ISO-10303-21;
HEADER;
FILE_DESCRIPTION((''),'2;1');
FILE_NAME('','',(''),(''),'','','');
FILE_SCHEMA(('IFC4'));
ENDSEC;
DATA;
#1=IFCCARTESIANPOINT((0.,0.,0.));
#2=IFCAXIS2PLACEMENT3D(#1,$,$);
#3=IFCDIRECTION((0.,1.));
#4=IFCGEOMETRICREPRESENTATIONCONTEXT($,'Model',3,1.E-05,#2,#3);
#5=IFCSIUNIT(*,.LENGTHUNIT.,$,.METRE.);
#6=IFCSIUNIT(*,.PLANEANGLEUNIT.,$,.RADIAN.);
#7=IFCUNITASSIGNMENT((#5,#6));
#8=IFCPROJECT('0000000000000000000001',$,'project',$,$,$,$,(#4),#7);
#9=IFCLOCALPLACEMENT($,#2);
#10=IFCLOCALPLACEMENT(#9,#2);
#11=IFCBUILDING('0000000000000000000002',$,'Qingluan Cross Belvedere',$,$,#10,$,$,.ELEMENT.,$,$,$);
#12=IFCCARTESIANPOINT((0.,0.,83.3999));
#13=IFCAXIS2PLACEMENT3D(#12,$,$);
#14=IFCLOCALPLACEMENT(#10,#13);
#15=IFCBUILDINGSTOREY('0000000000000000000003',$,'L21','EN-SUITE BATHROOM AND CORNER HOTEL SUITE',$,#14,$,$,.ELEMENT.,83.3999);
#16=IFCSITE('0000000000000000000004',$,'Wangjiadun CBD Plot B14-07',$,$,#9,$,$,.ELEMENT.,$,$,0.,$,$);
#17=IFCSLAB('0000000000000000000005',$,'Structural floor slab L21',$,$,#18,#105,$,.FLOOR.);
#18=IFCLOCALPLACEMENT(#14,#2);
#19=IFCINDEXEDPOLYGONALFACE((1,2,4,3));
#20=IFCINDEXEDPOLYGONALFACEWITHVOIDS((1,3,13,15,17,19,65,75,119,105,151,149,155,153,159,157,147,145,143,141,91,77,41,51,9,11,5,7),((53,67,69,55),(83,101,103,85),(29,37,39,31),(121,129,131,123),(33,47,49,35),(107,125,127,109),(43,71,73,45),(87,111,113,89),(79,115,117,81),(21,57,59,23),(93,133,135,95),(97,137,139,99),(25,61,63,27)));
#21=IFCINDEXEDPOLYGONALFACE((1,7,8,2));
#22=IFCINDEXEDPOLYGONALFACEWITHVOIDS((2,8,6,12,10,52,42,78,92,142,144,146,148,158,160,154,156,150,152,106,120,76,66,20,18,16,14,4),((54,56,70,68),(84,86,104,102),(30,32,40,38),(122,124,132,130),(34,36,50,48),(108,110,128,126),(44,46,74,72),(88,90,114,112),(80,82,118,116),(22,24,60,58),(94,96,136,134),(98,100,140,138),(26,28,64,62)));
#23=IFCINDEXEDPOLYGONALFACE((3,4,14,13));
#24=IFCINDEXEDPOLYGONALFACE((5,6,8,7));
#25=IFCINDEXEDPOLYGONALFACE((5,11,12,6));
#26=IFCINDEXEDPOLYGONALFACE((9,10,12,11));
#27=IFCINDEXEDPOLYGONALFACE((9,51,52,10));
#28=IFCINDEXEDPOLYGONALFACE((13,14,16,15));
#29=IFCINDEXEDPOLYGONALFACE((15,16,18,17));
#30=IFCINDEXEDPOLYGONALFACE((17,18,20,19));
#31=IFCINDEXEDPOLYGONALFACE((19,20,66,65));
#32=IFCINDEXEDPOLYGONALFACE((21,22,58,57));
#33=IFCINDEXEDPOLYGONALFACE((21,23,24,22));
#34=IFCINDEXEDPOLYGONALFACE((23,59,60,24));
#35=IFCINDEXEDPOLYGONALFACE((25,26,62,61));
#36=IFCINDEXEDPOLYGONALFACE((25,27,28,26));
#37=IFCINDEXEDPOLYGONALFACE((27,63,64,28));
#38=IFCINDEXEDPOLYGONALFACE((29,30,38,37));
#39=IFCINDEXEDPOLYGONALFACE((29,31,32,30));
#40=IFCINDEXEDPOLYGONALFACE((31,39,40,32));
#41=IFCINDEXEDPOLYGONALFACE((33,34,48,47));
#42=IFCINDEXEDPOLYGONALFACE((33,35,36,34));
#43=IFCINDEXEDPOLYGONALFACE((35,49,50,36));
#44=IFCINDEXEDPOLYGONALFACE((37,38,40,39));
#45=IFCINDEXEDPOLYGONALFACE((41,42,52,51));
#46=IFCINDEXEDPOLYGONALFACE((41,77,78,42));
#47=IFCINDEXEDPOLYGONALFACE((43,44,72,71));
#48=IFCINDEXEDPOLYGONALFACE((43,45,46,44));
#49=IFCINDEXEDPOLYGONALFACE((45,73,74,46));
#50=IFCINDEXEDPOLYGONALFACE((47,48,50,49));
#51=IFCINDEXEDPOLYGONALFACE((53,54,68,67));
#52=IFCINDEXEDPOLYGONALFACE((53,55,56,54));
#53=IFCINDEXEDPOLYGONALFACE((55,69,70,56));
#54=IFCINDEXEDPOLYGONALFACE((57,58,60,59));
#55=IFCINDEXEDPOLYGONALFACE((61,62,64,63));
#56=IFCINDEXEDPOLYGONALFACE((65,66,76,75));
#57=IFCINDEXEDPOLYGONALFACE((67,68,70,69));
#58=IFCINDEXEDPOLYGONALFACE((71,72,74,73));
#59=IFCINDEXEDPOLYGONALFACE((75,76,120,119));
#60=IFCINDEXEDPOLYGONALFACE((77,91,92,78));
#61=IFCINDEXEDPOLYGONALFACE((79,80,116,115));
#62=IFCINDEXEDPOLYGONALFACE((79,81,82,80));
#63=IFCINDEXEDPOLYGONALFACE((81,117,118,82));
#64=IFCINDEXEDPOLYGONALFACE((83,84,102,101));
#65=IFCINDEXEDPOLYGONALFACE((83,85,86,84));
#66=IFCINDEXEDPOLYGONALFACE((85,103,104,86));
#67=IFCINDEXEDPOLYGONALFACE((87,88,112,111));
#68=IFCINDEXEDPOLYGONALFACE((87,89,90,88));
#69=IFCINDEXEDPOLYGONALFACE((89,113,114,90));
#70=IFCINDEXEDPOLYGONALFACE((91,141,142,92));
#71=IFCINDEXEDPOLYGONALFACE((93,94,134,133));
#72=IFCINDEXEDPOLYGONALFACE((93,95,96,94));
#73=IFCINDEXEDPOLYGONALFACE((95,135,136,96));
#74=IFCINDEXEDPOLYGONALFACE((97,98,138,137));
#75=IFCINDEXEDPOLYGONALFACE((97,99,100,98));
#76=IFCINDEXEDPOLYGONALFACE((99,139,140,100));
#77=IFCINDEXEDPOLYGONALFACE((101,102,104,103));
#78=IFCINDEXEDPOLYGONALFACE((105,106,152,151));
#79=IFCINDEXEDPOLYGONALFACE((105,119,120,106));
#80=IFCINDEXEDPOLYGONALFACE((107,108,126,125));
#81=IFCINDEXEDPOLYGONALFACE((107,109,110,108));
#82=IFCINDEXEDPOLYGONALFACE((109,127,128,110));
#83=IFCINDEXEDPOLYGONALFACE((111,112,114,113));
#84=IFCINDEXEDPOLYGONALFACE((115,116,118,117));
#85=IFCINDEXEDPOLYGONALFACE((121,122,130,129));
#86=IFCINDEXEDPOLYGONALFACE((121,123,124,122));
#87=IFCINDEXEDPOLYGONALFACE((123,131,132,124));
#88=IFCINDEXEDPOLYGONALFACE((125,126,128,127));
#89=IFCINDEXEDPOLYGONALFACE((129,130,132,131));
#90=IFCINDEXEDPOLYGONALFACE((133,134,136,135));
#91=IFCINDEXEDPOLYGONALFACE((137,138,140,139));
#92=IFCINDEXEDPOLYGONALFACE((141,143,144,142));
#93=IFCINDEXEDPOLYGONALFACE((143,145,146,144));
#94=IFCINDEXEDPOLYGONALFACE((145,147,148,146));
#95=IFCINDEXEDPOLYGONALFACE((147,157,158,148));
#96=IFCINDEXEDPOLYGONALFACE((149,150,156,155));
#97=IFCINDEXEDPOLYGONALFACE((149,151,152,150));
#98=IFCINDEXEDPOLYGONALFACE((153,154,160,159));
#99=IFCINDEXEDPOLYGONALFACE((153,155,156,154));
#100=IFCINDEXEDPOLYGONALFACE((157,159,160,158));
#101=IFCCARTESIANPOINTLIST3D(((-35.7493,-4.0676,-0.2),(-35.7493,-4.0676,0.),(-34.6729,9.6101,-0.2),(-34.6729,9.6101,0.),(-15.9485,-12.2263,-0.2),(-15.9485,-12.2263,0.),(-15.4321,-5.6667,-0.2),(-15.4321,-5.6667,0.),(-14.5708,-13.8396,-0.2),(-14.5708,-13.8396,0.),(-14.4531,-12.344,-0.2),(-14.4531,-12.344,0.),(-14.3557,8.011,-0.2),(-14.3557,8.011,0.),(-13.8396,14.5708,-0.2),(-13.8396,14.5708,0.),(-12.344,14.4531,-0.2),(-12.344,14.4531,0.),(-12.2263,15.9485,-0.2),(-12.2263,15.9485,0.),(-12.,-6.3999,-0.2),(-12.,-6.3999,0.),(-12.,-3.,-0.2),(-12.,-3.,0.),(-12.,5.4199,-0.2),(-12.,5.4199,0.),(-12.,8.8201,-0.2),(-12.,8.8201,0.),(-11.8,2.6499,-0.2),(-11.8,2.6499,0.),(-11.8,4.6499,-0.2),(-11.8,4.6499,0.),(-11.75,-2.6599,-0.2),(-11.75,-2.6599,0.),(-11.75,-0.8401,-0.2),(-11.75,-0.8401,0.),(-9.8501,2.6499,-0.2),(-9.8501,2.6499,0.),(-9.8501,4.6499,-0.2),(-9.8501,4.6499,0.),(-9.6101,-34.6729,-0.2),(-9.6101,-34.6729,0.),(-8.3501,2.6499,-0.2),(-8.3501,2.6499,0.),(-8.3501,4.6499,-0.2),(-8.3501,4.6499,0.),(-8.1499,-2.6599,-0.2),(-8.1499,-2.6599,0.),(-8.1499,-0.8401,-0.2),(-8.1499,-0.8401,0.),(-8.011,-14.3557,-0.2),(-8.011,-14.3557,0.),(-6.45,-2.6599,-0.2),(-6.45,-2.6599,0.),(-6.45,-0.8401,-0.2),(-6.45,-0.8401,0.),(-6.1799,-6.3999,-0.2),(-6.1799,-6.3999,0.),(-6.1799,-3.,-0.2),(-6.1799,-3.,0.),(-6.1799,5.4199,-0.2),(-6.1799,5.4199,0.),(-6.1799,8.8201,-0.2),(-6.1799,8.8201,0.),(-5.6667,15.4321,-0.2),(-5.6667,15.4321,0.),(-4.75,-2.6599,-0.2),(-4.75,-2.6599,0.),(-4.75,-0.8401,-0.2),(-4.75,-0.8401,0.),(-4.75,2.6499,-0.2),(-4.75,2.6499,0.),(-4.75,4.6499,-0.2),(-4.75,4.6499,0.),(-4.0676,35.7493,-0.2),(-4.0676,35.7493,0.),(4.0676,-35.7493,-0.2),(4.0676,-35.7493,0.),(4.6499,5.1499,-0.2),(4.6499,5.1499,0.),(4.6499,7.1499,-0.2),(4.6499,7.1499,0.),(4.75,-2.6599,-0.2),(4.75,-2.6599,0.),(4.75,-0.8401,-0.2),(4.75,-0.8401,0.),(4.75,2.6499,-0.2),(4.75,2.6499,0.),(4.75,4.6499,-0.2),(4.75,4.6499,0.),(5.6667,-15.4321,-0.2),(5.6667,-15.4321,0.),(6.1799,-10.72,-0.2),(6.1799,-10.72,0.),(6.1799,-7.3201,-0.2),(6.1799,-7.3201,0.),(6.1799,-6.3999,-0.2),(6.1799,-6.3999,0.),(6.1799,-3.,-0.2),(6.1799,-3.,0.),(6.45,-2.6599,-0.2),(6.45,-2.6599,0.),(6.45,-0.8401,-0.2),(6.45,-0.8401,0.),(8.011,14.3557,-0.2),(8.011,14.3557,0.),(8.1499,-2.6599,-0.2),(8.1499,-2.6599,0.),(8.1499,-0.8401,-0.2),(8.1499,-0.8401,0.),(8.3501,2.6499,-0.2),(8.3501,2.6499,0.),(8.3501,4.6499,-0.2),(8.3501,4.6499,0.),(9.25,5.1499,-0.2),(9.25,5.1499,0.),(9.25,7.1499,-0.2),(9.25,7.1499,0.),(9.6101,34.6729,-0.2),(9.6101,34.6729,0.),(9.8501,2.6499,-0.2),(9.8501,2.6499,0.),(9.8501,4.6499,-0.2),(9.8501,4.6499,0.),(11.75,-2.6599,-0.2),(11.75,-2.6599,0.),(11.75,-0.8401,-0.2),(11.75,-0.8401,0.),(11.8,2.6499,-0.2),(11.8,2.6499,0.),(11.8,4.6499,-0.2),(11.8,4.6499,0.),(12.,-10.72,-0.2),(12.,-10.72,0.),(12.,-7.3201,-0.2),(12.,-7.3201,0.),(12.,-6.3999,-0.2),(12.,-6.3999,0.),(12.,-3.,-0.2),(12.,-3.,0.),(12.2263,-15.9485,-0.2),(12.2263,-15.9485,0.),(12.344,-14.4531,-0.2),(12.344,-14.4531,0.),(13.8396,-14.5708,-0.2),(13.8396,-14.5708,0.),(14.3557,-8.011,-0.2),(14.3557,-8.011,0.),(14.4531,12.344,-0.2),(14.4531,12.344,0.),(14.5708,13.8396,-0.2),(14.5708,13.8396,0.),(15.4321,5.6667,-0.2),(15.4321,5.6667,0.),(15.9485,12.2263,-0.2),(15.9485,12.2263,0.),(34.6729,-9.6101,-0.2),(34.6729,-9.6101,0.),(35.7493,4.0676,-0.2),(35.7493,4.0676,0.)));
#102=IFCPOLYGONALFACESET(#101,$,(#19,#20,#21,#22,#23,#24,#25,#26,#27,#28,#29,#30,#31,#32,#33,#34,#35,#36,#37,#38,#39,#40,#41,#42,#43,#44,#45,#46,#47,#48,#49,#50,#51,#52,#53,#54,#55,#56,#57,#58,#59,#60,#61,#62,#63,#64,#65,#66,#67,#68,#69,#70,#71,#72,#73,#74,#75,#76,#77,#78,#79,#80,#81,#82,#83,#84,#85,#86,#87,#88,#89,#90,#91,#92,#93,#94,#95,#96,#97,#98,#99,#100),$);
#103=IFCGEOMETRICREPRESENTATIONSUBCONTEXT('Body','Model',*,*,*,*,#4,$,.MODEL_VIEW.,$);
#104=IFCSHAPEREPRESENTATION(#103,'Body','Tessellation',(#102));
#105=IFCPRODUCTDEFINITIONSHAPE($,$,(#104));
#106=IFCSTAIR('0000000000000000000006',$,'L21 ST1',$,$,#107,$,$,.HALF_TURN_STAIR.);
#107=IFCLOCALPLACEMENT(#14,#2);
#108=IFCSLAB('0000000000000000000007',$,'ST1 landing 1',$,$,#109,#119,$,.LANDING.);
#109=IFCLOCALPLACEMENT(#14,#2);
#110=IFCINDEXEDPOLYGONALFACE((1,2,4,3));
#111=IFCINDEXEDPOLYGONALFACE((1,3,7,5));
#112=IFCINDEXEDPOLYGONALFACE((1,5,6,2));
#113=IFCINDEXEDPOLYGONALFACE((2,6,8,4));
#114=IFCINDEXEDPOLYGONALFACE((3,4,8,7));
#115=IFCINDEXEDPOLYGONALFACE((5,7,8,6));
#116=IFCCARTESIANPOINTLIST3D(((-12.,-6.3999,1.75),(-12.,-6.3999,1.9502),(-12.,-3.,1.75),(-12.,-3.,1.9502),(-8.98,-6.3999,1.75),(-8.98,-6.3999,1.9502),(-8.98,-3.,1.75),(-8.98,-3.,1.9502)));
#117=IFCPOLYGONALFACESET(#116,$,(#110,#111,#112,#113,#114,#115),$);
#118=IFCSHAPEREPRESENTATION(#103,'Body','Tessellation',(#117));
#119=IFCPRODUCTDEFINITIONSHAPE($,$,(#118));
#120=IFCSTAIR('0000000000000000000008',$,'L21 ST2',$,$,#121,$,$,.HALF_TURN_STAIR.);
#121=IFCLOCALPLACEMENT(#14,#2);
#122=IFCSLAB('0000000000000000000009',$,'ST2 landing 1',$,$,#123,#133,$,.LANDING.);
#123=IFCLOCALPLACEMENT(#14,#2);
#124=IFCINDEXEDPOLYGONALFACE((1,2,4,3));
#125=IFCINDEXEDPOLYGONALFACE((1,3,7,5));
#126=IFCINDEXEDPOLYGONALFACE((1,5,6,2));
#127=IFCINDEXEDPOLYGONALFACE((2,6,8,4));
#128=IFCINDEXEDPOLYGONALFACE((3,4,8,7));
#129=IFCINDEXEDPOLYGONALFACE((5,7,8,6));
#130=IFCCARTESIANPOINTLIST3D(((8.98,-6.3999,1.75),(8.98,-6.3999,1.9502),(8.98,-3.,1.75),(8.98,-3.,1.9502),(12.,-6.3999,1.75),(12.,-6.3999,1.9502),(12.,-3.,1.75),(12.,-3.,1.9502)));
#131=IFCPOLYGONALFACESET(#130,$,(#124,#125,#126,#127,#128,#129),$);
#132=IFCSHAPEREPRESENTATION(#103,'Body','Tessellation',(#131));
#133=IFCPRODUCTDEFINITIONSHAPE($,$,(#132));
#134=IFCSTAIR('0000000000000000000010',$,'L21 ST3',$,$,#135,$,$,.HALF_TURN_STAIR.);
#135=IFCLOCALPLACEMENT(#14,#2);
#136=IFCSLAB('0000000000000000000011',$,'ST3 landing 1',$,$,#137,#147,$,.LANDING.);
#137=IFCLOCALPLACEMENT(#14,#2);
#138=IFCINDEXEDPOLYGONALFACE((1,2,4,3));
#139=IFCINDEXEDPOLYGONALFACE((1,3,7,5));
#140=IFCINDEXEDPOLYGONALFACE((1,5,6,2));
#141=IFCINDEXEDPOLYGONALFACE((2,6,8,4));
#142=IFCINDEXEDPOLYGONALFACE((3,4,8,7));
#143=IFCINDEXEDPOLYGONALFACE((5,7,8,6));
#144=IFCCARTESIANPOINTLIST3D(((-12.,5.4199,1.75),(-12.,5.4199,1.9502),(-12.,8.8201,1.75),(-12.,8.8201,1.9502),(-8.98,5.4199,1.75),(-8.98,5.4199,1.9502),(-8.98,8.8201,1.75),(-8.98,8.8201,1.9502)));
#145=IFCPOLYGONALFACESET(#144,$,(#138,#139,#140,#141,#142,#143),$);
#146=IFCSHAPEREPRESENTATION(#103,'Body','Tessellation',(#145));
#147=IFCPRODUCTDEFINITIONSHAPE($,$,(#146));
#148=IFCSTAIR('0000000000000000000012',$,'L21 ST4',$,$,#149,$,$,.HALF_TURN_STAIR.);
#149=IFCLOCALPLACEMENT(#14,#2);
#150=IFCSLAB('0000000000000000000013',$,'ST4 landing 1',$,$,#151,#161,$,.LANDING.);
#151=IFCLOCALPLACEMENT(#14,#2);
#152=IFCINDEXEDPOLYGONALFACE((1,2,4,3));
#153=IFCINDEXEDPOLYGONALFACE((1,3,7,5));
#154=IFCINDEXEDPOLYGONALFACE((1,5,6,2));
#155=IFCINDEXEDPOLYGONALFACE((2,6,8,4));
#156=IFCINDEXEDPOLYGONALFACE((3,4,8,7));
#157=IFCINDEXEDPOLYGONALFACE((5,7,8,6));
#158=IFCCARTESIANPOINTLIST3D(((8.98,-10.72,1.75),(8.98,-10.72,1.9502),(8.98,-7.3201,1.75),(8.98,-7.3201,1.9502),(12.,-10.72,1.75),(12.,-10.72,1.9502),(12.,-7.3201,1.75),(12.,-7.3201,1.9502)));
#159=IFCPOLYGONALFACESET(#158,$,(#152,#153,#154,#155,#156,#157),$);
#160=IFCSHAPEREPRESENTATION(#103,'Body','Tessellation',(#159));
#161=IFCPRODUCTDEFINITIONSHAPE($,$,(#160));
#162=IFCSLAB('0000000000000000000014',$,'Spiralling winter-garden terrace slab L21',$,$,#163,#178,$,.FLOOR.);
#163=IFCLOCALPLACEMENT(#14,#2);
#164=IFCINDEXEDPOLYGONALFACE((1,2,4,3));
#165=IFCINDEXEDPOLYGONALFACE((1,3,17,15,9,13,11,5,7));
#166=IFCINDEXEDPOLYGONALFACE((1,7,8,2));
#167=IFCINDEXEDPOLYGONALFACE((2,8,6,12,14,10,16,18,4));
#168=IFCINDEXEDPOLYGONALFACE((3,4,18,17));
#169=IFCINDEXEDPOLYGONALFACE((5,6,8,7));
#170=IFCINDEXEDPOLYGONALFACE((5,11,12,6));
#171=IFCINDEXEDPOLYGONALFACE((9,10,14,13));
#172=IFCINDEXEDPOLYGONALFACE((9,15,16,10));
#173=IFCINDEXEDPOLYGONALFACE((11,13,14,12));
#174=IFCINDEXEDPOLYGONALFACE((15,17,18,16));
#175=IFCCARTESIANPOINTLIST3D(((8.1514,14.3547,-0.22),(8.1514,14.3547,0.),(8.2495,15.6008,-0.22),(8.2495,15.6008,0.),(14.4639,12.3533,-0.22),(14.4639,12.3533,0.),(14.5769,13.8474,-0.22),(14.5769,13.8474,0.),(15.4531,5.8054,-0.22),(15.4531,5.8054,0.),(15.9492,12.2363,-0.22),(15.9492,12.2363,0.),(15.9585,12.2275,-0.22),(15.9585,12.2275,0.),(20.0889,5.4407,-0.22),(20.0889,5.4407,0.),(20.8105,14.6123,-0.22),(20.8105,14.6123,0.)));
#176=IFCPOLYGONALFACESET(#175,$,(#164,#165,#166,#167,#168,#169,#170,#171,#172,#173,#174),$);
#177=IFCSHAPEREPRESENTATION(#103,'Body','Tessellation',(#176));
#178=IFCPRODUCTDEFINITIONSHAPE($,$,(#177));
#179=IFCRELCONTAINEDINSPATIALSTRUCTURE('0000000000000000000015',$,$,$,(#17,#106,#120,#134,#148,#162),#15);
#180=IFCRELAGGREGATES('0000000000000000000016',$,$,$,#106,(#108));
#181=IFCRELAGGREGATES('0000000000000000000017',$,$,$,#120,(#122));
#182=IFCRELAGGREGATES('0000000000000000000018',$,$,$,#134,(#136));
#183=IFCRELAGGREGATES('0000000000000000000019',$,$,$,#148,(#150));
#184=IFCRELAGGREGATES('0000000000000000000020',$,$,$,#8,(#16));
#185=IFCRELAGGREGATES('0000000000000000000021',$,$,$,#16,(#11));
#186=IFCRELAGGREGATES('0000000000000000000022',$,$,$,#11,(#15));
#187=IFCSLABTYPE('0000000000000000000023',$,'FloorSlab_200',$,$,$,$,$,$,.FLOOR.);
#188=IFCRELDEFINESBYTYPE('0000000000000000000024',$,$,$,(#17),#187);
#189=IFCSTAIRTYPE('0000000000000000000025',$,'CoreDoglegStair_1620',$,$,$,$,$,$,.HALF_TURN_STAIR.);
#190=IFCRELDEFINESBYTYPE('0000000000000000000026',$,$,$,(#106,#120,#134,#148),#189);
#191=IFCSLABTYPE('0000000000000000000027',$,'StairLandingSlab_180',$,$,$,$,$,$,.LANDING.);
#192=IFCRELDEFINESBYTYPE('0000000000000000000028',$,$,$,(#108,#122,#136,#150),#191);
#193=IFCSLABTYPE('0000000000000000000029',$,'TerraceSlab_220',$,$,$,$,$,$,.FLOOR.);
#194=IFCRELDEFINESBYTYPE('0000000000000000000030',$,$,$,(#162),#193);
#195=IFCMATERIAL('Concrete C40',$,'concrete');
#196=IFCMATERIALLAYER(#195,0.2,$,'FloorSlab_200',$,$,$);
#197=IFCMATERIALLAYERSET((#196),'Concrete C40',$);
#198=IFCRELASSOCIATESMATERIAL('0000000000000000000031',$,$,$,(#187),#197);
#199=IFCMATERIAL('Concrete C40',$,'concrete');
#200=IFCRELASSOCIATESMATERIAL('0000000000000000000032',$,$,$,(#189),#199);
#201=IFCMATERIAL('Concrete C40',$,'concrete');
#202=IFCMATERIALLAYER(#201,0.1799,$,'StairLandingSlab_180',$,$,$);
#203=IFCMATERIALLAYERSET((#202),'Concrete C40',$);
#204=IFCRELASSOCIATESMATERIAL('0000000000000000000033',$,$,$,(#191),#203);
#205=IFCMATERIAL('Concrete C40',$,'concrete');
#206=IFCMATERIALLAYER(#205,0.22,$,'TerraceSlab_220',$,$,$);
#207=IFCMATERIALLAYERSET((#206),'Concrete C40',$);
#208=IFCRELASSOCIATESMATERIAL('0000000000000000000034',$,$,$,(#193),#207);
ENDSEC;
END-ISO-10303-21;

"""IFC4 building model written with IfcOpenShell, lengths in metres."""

from ifc_helpers import new_model, si_unit, direction, frame, origin, place, context, subcontext, project, spatial, polyline, outline, extrude, material, layer, layer_set, type_object, element, aggregate, save


model = new_model("IFC4")

# Units and contexts
model_context = context("Model", 3, precision=1e-05, world=origin(), true_north=direction((0.0, 1.0)))
body_context = subcontext(model_context, "Body", "Model", "MODEL_VIEW")
ifc_project = project(units=[si_unit("LENGTHUNIT", "METRE"), si_unit("PLANEANGLEUNIT", "RADIAN")], contexts=[model_context])

# Site, building, storey
site_placement = place(None, origin())
site = spatial("IfcSite", under=ifc_project, at=site_placement, Name="Wangjiadun CBD Plot B14-07", CompositionType="ELEMENT", RefElevation=0.0)
building_placement = place(site_placement, origin())
building = spatial("IfcBuilding", under=site, at=building_placement, Name="Qingluan Cross Belvedere", CompositionType="ELEMENT")
storey_placement = place(building_placement, frame((0.0, 0.0, 83.3999)))
storey = spatial("IfcBuildingStorey", under=building, at=storey_placement, Name="L21", Description="EN-SUITE BATHROOM AND CORNER HOTEL SUITE", CompositionType="ELEMENT", Elevation=83.3999)

# Slab
ifc_material_1 = material(Name="Concrete C40", Category="concrete")
ifc_layer_1 = layer(ifc_material_1, 0.2, Name="FloorSlab_200")
ifc_layer_set_1 = layer_set([ifc_layer_1], Name="Concrete C40")
slab_type_1 = type_object("IfcSlabType", Name="FloorSlab_200", PredefinedType="FLOOR", material=ifc_layer_set_1)
slab_1_placement = place(storey_placement, frame((0.0, 0.0, -0.2)))
element("IfcSlab", 1, at=slab_1_placement, inside=storey, type_object=slab_type_1, Name="Structural floor slab L21", PredefinedType="FLOOR", context=body_context, shape_type="SweptSolid", body=[
    extrude(outline(polyline([(4.0676, -35.7493), (5.6667, -15.4321), (12.2263, -15.9485), (12.344, -14.4531), (13.8396, -14.5708), (14.3557, -8.011), (34.6729, -9.6101), (35.7493, 4.0676), (15.4321, 5.6667), (15.9485, 12.2263), (14.4531, 12.344), (14.5708, 13.8396), (8.011, 14.3557), (9.6101, 34.6729), (-4.0676, 35.7493), (-5.6667, 15.4321), (-12.2263, 15.9485), (-12.344, 14.4531), (-13.8396, 14.5708), (-14.3557, 8.011), (-34.6729, 9.6101), (-35.7493, -4.0676), (-15.4321, -5.6667), (-15.9485, -12.2263), (-14.4531, -12.344), (-14.5708, -13.8396), (-8.011, -14.3557), (-9.6101, -34.6729), (4.0676, -35.7493)]), holes=[polyline([(-12.0, -3.0), (-6.1799, -3.0), (-6.1799, -6.3999), (-12.0, -6.3999), (-12.0, -3.0)]), polyline([(6.1799, -3.0), (12.0, -3.0), (12.0, -6.3999), (6.1799, -6.3999), (6.1799, -3.0)]), polyline([(-12.0, 8.8201), (-6.1799, 8.8201), (-6.1799, 5.4199), (-12.0, 5.4199), (-12.0, 8.8201)]), polyline([(6.1799, -7.3201), (12.0, -7.3201), (12.0, -10.72), (6.1799, -10.72), (6.1799, -7.3201)]), polyline([(-11.8, 4.6499), (-9.8501, 4.6499), (-9.8501, 2.6499), (-11.8, 2.6499), (-11.8, 4.6499)]), polyline([(-8.3501, 4.6499), (-4.75, 4.6499), (-4.75, 2.6499), (-8.3501, 2.6499), (-8.3501, 4.6499)]), polyline([(4.75, 4.6499), (8.3501, 4.6499), (8.3501, 2.6499), (4.75, 2.6499), (4.75, 4.6499)]), polyline([(9.8501, 4.6499), (11.8, 4.6499), (11.8, 2.6499), (9.8501, 2.6499), (9.8501, 4.6499)]), polyline([(-11.75, -0.8401), (-8.1499, -0.8401), (-8.1499, -2.6599), (-11.75, -2.6599), (-11.75, -0.8401)]), polyline([(-6.45, -0.8401), (-4.75, -0.8401), (-4.75, -2.6599), (-6.45, -2.6599), (-6.45, -0.8401)]), polyline([(4.75, -0.8401), (6.45, -0.8401), (6.45, -2.6599), (4.75, -2.6599), (4.75, -0.8401)]), polyline([(8.1499, -0.8401), (11.75, -0.8401), (11.75, -2.6599), (8.1499, -2.6599), (8.1499, -0.8401)]), polyline([(4.6499, 7.1499), (9.25, 7.1499), (9.25, 5.1499), (4.6499, 5.1499), (4.6499, 7.1499)])]), origin(), (0.0, 0.0, 1.0), 0.2),
])

# Stairs, slabs
ifc_material_2 = material(Name="Concrete C40", Category="concrete")
stair_type = type_object("IfcStairType", Name="CoreDoglegStair_1620", PredefinedType="HALF_TURN_STAIR", material=ifc_material_2)
stair_1_placement = place(storey_placement, origin())
stair_1 = element("IfcStair", 2, at=stair_1_placement, inside=storey, type_object=stair_type, Name="L21 ST1", PredefinedType="HALF_TURN_STAIR")
ifc_material_3 = material(Name="Concrete C40", Category="concrete")
ifc_layer_2 = layer(ifc_material_3, 0.1799, Name="StairLandingSlab_180")
ifc_layer_set_2 = layer_set([ifc_layer_2], Name="Concrete C40")
slab_type_2 = type_object("IfcSlabType", Name="StairLandingSlab_180", PredefinedType="LANDING", material=ifc_layer_set_2)
slab_2_placement = place(storey_placement, frame((0.0, 0.0, 1.75)))
slab_2 = element("IfcSlab", 3, at=slab_2_placement, type_object=slab_type_2, Name="ST1 landing 1", PredefinedType="LANDING", context=body_context, shape_type="SweptSolid", body=[
    extrude(outline(polyline([(-8.98, -3.0), (-12.0, -3.0), (-12.0, -6.3999), (-8.98, -6.3999), (-8.98, -3.0)])), origin(), (0.0, 0.0, 1.0), 0.2002),
])
aggregate(stair_1, [slab_2])
stair_2_placement = place(storey_placement, origin())
stair_2 = element("IfcStair", 4, at=stair_2_placement, inside=storey, type_object=stair_type, Name="L21 ST2", PredefinedType="HALF_TURN_STAIR")
slab_3_placement = place(storey_placement, frame((0.0, 0.0, 1.75)))
slab_3 = element("IfcSlab", 5, at=slab_3_placement, type_object=slab_type_2, Name="ST2 landing 1", PredefinedType="LANDING", context=body_context, shape_type="SweptSolid", body=[
    extrude(outline(polyline([(8.98, -6.3999), (12.0, -6.3999), (12.0, -3.0), (8.98, -3.0), (8.98, -6.3999)])), origin(), (0.0, 0.0, 1.0), 0.2002),
])
aggregate(stair_2, [slab_3])
stair_3_placement = place(storey_placement, origin())
stair_3 = element("IfcStair", 6, at=stair_3_placement, inside=storey, type_object=stair_type, Name="L21 ST3", PredefinedType="HALF_TURN_STAIR")
slab_4_placement = place(storey_placement, frame((0.0, 0.0, 1.75)))
slab_4 = element("IfcSlab", 7, at=slab_4_placement, type_object=slab_type_2, Name="ST3 landing 1", PredefinedType="LANDING", context=body_context, shape_type="SweptSolid", body=[
    extrude(outline(polyline([(-8.98, 8.8201), (-12.0, 8.8201), (-12.0, 5.4199), (-8.98, 5.4199), (-8.98, 8.8201)])), origin(), (0.0, 0.0, 1.0), 0.2002),
])
aggregate(stair_3, [slab_4])
stair_4_placement = place(storey_placement, origin())
stair_4 = element("IfcStair", 8, at=stair_4_placement, inside=storey, type_object=stair_type, Name="L21 ST4", PredefinedType="HALF_TURN_STAIR")
slab_5_placement = place(storey_placement, frame((0.0, 0.0, 1.75)))
slab_5 = element("IfcSlab", 9, at=slab_5_placement, type_object=slab_type_2, Name="ST4 landing 1", PredefinedType="LANDING", context=body_context, shape_type="SweptSolid", body=[
    extrude(outline(polyline([(8.98, -10.72), (12.0, -10.72), (12.0, -7.3201), (8.98, -7.3201), (8.98, -10.72)])), origin(), (0.0, 0.0, 1.0), 0.2002),
])
aggregate(stair_4, [slab_5])

# Slab
ifc_material_4 = material(Name="Concrete C40", Category="concrete")
ifc_layer_3 = layer(ifc_material_4, 0.22, Name="TerraceSlab_220")
ifc_layer_set_3 = layer_set([ifc_layer_3], Name="Concrete C40")
slab_type_3 = type_object("IfcSlabType", Name="TerraceSlab_220", PredefinedType="FLOOR", material=ifc_layer_set_3)
slab_6_placement = place(storey_placement, frame((0.0, 0.0, -0.22)))
element("IfcSlab", 10, at=slab_6_placement, inside=storey, type_object=slab_type_3, Name="Spiralling winter-garden terrace slab L21", PredefinedType="FLOOR", context=body_context, shape_type="SweptSolid", body=[
    extrude(outline(polyline([(8.1514, 14.3547), (14.5769, 13.8474), (14.4639, 12.3533), (15.9492, 12.2363), (15.9585, 12.2275), (15.4531, 5.8054), (20.0889, 5.4407), (20.8105, 14.6123), (8.2495, 15.6008), (8.1514, 14.3547)])), origin(), (0.0, 0.0, 1.0), 0.22),
])

save(model, "model.ifc")
